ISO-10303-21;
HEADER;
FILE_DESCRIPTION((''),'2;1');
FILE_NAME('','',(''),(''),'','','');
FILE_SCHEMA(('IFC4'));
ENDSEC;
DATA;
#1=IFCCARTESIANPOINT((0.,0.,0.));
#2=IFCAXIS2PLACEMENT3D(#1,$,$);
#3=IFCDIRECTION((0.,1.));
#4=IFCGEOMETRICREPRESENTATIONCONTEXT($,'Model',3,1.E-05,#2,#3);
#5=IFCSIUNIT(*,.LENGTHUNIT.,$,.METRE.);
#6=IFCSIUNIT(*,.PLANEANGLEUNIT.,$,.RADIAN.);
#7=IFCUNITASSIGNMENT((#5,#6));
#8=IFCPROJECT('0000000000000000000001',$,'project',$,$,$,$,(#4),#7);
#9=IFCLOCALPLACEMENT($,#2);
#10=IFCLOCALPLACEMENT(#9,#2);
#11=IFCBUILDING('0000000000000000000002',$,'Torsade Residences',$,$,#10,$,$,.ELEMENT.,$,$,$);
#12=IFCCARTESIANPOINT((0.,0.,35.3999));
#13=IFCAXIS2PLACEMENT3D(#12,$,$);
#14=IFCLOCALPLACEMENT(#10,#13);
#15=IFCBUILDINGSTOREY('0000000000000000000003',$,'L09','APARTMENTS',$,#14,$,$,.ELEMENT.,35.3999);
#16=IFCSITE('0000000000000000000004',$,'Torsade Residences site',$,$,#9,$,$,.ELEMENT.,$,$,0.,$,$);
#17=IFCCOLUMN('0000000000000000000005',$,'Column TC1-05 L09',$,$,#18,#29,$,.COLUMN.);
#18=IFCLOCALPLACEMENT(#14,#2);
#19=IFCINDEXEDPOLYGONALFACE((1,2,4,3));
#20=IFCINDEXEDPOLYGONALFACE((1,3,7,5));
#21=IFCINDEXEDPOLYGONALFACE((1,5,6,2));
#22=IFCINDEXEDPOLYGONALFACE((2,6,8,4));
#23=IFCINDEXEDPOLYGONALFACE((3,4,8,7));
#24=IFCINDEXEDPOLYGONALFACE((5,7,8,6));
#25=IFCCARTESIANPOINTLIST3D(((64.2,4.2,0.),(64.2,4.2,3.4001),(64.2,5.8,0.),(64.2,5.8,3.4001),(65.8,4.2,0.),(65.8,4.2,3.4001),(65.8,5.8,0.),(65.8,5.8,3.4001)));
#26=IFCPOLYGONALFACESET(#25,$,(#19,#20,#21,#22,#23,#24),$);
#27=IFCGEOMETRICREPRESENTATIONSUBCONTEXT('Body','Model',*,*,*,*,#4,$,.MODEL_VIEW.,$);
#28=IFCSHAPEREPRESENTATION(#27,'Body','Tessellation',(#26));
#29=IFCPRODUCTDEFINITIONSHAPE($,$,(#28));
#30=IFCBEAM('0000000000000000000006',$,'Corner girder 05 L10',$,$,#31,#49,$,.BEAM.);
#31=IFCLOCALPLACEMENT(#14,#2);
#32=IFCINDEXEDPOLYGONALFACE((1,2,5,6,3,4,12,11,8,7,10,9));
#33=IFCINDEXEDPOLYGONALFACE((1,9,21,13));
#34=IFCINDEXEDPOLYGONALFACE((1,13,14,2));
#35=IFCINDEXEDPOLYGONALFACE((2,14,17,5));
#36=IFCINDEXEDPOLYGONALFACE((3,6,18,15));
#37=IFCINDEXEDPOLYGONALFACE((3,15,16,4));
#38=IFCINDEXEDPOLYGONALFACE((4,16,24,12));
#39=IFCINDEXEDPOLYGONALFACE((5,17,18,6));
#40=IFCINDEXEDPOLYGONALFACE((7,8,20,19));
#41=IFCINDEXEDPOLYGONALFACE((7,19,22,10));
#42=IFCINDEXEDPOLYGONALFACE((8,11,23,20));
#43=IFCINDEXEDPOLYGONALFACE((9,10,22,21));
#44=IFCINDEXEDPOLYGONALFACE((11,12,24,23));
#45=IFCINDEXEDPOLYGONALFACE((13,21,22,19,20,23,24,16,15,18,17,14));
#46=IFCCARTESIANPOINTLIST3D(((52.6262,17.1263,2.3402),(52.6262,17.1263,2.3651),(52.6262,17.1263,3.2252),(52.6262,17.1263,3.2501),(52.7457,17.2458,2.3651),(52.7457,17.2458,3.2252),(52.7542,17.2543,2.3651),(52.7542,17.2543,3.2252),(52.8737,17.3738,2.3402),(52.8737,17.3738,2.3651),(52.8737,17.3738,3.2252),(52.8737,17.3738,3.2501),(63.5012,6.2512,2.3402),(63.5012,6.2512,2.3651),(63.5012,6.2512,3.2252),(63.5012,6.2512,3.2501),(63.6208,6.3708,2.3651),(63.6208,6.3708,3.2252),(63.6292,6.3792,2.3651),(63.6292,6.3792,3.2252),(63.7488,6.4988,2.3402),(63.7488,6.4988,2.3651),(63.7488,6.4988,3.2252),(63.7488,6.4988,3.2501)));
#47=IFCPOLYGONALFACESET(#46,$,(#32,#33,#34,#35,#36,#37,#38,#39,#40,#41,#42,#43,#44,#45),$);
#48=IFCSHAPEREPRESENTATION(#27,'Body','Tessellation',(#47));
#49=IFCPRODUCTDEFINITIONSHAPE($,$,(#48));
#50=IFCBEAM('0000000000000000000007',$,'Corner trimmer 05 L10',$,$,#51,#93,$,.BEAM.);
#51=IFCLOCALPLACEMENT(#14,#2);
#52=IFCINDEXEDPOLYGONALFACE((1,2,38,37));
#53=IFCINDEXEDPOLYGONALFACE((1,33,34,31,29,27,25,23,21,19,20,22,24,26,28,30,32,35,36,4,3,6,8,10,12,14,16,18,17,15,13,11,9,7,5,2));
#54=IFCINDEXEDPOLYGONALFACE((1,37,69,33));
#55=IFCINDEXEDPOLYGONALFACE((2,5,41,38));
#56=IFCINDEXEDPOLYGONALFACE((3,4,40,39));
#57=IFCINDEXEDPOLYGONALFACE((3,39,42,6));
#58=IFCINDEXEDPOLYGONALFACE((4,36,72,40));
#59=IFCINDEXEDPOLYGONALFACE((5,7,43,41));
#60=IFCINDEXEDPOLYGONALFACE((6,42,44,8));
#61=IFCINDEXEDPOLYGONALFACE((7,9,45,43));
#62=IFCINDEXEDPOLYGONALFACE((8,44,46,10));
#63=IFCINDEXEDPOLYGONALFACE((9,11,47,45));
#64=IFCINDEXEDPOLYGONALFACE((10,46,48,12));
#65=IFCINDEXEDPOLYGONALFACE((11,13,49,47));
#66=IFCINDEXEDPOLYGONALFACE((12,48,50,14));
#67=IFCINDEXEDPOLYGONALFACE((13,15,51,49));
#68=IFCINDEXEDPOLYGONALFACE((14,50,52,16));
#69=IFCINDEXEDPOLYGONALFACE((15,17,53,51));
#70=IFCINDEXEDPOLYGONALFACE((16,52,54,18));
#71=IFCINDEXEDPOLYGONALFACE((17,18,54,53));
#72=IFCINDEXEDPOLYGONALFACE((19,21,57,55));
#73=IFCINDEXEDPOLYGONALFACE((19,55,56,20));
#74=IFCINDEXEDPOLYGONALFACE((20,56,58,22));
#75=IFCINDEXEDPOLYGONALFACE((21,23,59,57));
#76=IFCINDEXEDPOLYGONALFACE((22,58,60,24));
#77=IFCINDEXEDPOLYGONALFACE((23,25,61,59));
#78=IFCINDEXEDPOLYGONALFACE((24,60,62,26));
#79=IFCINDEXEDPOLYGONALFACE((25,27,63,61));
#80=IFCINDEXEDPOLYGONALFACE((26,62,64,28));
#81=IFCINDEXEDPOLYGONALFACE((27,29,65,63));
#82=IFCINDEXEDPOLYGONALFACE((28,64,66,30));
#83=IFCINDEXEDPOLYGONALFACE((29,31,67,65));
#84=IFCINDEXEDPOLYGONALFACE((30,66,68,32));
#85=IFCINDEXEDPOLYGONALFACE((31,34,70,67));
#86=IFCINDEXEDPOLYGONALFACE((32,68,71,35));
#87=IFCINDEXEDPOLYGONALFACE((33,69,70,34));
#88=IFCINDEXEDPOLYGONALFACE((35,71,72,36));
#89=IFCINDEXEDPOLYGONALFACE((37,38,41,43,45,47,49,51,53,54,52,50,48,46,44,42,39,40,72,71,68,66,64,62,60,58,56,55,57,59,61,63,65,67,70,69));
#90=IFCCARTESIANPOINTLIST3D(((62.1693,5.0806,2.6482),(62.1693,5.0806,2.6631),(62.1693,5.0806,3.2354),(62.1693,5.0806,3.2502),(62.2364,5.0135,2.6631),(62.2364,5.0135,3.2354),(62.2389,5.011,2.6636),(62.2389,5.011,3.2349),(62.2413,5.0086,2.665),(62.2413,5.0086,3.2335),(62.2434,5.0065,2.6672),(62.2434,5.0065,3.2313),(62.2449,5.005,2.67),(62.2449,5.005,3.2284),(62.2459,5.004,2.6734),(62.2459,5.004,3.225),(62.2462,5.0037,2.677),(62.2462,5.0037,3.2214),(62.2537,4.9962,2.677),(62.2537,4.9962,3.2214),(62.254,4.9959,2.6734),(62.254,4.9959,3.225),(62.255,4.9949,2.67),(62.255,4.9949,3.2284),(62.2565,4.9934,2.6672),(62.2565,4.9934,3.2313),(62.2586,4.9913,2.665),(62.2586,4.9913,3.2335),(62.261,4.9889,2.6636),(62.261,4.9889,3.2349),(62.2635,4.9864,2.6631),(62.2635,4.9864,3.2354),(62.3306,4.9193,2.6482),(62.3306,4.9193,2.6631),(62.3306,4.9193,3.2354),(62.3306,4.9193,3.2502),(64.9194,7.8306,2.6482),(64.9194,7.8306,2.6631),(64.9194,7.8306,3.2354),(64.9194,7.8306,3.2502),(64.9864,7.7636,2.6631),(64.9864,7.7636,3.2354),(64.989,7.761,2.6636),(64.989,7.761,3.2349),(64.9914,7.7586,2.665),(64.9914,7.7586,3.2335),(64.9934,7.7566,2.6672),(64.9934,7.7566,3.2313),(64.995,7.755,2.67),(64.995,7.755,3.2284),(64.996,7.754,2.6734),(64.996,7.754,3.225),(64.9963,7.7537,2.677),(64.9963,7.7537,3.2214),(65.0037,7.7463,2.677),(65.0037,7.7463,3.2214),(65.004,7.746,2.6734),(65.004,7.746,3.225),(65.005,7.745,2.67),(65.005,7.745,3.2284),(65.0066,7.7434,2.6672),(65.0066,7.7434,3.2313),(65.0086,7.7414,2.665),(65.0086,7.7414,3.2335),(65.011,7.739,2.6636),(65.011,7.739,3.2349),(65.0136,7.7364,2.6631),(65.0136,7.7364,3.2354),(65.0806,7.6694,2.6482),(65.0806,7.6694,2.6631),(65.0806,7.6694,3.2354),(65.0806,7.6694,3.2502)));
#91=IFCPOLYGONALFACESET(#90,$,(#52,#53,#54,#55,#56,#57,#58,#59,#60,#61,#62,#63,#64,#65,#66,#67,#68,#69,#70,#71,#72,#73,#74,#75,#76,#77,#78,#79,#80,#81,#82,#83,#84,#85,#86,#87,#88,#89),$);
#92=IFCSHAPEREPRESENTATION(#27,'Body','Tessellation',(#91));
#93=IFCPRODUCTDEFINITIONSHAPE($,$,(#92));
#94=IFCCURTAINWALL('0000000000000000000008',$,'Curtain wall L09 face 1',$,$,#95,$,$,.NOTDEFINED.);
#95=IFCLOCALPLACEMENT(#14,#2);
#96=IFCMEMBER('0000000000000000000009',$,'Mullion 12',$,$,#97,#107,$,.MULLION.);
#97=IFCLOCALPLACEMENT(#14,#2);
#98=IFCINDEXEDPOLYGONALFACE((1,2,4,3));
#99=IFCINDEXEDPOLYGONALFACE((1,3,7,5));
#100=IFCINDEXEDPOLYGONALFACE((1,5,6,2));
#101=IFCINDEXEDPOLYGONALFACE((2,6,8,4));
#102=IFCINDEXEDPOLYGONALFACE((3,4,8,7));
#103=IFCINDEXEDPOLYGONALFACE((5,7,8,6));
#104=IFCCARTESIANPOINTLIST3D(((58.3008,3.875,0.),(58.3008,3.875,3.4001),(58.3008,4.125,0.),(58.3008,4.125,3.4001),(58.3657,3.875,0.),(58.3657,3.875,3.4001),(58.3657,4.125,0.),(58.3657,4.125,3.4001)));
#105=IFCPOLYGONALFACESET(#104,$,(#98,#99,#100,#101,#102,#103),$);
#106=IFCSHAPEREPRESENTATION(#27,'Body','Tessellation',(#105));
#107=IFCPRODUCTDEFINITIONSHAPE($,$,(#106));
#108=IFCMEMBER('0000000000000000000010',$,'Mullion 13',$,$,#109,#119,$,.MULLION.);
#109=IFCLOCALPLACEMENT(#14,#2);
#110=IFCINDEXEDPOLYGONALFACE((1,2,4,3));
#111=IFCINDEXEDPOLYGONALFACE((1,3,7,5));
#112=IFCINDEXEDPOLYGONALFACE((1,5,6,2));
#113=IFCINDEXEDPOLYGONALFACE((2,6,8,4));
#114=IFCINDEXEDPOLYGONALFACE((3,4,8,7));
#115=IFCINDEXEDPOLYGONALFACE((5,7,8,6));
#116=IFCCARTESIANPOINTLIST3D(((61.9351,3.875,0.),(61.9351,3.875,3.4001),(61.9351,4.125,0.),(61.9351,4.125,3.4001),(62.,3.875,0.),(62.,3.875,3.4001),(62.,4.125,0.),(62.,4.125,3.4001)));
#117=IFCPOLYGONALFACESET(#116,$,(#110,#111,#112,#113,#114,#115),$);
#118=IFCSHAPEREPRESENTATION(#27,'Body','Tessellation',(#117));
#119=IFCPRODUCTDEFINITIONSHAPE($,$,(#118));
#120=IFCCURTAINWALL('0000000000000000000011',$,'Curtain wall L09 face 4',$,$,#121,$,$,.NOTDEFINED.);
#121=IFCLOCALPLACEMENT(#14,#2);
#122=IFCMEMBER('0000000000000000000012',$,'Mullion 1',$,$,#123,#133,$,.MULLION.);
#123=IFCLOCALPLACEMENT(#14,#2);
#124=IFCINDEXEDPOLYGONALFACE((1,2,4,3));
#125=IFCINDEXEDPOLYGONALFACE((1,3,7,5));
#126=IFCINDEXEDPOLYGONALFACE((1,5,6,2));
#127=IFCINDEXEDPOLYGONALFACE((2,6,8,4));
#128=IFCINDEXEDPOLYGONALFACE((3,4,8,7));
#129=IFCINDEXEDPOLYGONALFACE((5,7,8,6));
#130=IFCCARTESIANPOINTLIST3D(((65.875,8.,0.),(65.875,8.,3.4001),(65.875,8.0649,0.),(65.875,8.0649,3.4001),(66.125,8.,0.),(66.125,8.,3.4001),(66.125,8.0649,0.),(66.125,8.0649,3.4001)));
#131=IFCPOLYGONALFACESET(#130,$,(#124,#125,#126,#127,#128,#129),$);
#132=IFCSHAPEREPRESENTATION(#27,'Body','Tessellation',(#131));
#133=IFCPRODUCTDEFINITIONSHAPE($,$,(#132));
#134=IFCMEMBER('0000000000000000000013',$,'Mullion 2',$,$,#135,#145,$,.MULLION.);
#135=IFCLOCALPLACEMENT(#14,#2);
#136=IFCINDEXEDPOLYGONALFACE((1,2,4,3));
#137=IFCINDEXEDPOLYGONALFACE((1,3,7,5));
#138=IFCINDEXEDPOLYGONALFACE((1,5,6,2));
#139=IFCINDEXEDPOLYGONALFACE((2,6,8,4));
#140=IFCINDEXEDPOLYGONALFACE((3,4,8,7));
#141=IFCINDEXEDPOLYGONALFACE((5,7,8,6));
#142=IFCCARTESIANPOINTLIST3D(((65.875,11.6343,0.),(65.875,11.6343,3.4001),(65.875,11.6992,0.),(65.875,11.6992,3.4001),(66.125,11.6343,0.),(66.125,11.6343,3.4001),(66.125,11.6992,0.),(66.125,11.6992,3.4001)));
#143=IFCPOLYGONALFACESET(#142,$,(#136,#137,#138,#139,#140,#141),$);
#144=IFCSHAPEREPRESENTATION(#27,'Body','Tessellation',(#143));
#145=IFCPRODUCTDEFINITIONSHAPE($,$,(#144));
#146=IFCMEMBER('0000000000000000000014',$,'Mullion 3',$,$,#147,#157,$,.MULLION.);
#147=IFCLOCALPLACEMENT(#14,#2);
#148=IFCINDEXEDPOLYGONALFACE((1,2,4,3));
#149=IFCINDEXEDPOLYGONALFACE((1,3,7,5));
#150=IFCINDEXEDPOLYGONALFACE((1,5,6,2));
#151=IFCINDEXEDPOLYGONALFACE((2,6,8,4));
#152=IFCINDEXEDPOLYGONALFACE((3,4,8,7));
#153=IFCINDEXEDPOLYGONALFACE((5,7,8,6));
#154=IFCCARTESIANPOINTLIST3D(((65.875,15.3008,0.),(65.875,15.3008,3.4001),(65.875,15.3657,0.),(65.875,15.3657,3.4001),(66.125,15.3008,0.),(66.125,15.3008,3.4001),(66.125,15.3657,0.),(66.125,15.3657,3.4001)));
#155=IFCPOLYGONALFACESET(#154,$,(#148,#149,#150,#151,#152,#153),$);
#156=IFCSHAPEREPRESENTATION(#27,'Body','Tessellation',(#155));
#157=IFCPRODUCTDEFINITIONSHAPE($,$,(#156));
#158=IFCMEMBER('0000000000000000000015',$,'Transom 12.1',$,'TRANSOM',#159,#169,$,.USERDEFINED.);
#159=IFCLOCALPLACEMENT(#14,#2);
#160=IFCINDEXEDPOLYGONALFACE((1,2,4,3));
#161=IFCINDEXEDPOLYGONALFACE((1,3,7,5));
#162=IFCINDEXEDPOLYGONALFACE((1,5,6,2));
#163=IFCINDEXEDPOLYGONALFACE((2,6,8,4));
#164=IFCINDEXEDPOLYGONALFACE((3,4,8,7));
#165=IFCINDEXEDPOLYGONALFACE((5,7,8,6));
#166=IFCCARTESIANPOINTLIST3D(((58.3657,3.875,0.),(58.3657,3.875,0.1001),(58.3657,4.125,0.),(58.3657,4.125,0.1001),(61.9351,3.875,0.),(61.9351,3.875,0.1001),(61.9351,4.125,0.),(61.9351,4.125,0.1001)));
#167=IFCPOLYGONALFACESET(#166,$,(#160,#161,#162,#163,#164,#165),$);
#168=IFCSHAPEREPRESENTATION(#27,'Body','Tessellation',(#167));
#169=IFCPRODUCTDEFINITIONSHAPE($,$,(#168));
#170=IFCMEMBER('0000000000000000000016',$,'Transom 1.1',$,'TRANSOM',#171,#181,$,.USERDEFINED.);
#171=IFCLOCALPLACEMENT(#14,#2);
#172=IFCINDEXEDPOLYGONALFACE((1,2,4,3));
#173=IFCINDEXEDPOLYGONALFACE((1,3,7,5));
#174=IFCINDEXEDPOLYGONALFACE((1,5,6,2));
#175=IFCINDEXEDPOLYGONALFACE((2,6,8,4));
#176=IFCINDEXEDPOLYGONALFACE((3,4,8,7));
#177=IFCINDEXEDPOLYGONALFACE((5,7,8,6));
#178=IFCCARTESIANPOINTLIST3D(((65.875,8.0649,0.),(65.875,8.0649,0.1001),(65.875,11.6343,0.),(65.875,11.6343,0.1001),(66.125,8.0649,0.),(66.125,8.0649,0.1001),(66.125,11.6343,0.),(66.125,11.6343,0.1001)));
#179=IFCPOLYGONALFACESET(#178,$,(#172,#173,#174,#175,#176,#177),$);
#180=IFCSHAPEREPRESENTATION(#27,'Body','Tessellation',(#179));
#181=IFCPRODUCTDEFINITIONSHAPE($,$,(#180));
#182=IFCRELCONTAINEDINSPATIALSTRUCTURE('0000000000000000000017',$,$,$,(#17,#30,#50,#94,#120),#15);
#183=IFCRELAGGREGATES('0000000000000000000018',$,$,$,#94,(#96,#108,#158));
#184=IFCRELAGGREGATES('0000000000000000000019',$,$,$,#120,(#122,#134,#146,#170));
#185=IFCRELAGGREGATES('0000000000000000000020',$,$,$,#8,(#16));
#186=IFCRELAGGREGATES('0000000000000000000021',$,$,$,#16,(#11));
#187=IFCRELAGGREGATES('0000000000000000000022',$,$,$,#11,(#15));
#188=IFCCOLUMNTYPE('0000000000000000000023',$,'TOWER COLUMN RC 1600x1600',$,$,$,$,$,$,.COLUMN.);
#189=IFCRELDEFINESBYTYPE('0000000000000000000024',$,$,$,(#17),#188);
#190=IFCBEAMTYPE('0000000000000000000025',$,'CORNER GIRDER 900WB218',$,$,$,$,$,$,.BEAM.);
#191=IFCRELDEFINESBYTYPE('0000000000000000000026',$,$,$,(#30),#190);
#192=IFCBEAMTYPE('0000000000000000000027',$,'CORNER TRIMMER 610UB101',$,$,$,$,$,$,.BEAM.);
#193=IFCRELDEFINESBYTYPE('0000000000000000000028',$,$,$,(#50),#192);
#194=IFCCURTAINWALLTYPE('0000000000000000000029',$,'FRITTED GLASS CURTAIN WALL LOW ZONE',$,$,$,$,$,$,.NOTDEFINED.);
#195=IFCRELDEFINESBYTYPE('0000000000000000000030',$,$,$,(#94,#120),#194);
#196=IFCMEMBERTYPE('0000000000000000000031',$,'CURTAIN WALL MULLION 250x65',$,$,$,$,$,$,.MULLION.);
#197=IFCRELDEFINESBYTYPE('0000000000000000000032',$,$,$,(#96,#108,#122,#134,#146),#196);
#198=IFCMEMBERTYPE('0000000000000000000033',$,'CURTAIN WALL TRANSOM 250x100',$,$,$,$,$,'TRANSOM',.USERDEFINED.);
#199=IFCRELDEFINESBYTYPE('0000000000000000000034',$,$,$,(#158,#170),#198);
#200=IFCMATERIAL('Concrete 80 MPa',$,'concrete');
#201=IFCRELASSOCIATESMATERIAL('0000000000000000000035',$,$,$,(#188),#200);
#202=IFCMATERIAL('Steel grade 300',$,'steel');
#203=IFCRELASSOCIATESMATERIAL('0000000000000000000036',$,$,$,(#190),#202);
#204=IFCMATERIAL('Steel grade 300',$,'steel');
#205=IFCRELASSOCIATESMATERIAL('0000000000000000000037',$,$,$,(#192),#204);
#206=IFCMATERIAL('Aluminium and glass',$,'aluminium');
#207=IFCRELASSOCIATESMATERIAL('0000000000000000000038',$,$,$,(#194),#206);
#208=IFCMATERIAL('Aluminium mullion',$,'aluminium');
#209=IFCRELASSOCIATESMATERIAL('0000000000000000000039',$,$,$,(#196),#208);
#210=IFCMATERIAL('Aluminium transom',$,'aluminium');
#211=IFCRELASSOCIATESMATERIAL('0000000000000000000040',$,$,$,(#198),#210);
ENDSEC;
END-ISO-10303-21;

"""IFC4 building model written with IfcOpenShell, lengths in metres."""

from ifc_helpers import new_model, si_unit, direction, frame, origin, origin_2d, place, context, subcontext, project, spatial, rectangle, i_section, extrude, material, material_profile, profile_set, type_object, element, aggregate, save


model = new_model("IFC4")

# Units and contexts
model_context = context("Model", 3, precision=1e-05, world=origin(), true_north=direction((0.0, 1.0)))
body_context = subcontext(model_context, "Body", "Model", "MODEL_VIEW")
ifc_project = project(units=[si_unit("LENGTHUNIT", "METRE"), si_unit("PLANEANGLEUNIT", "RADIAN")], contexts=[model_context])

# Site, building, storey
site_placement = place(None, origin())
site = spatial("IfcSite", under=ifc_project, at=site_placement, Name="Torsade Residences site", CompositionType="ELEMENT", RefElevation=0.0)
building_placement = place(site_placement, origin())
building = spatial("IfcBuilding", under=site, at=building_placement, Name="Torsade Residences", CompositionType="ELEMENT")
storey_placement = place(building_placement, frame((0.0, 0.0, 35.3999)))
storey = spatial("IfcBuildingStorey", under=building, at=storey_placement, Name="L09", Description="APARTMENTS", CompositionType="ELEMENT", Elevation=35.3999)

# Column
ifc_material_1 = material(Name="Concrete 80 MPa", Category="concrete")
ifc_material_profile_1 = material_profile(ifc_material_1, rectangle(XDim=1.6001, YDim=1.6001, at=origin_2d()), Name="RC 1600x1600")
ifc_profile_set_1 = profile_set([ifc_material_profile_1], Name="Concrete 80 MPa")
column_type = type_object("IfcColumnType", Name="TOWER COLUMN RC 1600x1600", PredefinedType="COLUMN", material=ifc_profile_set_1)
column_placement = place(storey_placement, frame((65.0, 5.0, 0.0), z_axis=(0.0, 0.0, 1.0), x_axis=(1.0, 0.0, 0.0)))
element("IfcColumn", 1, at=column_placement, inside=storey, type_object=column_type, Name="Column TC1-05 L09", PredefinedType="COLUMN", context=body_context, shape_type="SweptSolid", body=[
    extrude(rectangle(XDim=1.6001, YDim=1.6001, at=origin_2d()), origin(), (0.0, 0.0, 1.0), 3.4001),
])

# Beams
ifc_material_2 = material(Name="Steel grade 300", Category="steel")
ifc_material_profile_2 = material_profile(ifc_material_2, i_section(OverallWidth=0.3501, OverallDepth=0.9099, WebThickness=0.012, FlangeThickness=0.0249, at=origin_2d()), Name="900WB218")
ifc_profile_set_2 = profile_set([ifc_material_profile_2], Name="Steel grade 300")
beam_type_1 = type_object("IfcBeamType", Name="CORNER GIRDER 900WB218", PredefinedType="BEAM", material=ifc_profile_set_2)
beam_1_placement = place(storey_placement, frame((63.625, 6.375, 2.7952), z_axis=(-0.707107, 0.707107, 0.0), x_axis=(-0.707107, -0.707107, 0.0)))
element("IfcBeam", 2, at=beam_1_placement, inside=storey, type_object=beam_type_1, Name="Corner girder 05 L10", PredefinedType="BEAM", context=body_context, shape_type="SweptSolid", body=[
    extrude(i_section(OverallWidth=0.3501, OverallDepth=0.9099, WebThickness=0.012, FlangeThickness=0.0249, at=origin_2d()), origin(), (0.0, 0.0, 1.0), 15.3796),
])
ifc_material_3 = material(Name="Steel grade 300", Category="steel")
ifc_material_profile_3 = material_profile(ifc_material_3, i_section(OverallWidth=0.228, OverallDepth=0.6021, WebThickness=0.0105, FlangeThickness=0.0149, FilletRadius=0.0139, at=origin_2d()), Name="610UB101")
ifc_profile_set_3 = profile_set([ifc_material_profile_3], Name="Steel grade 300")
beam_type_2 = type_object("IfcBeamType", Name="CORNER TRIMMER 610UB101", PredefinedType="BEAM", material=ifc_profile_set_3)
beam_2_placement = place(storey_placement, frame((65.0, 7.75, 2.9492), z_axis=(-0.707107, -0.707107, 0.0), x_axis=(0.707107, -0.707107, 0.0)))
element("IfcBeam", 3, at=beam_2_placement, inside=storey, type_object=beam_type_2, Name="Corner trimmer 05 L10", PredefinedType="BEAM", context=body_context, shape_type="SweptSolid", body=[
    extrude(i_section(OverallWidth=0.228, OverallDepth=0.6021, WebThickness=0.0105, FlangeThickness=0.0149, FilletRadius=0.0139, at=origin_2d()), origin(), (0.0, 0.0, 1.0), 3.8892),
])

# Curtain walls, members
ifc_material_4 = material(Name="Aluminium and glass", Category="aluminium")
curtain_wall_type = type_object("IfcCurtainWallType", Name="FRITTED GLASS CURTAIN WALL LOW ZONE", PredefinedType="NOTDEFINED", material=ifc_material_4)
curtain_wall_1_placement = place(storey_placement, origin())
curtain_wall_1 = element("IfcCurtainWall", 4, at=curtain_wall_1_placement, inside=storey, type_object=curtain_wall_type, Name="Curtain wall L09 face 1", PredefinedType="NOTDEFINED")
ifc_material_5 = material(Name="Aluminium mullion", Category="aluminium")
ifc_material_profile_4 = material_profile(ifc_material_5, rectangle(XDim=0.25, YDim=0.0649, at=origin_2d()), Name="CURTAIN WALL MULLION 250x65")
ifc_profile_set_4 = profile_set([ifc_material_profile_4], Name="Aluminium mullion")
member_type_1 = type_object("IfcMemberType", Name="CURTAIN WALL MULLION 250x65", PredefinedType="MULLION", material=ifc_profile_set_4)
member_1_placement = place(storey_placement, frame((58.3333, 4.0, 0.0), z_axis=(0.0, 0.0, 1.0), x_axis=(0.0, 1.0, 0.0)))
member_1 = element("IfcMember", 5, at=member_1_placement, type_object=member_type_1, Name="Mullion 12", PredefinedType="MULLION", context=body_context, shape_type="SweptSolid", body=[
    extrude(rectangle(XDim=0.25, YDim=0.0649, at=origin_2d()), origin(), (0.0, 0.0, 1.0), 3.4001),
])
member_2_placement = place(storey_placement, frame((61.9675, 4.0, 0.0), z_axis=(0.0, 0.0, 1.0), x_axis=(0.0, 1.0, 0.0)))
member_2 = element("IfcMember", 6, at=member_2_placement, type_object=member_type_1, Name="Mullion 13", PredefinedType="MULLION", context=body_context, shape_type="SweptSolid", body=[
    extrude(rectangle(XDim=0.25, YDim=0.0649, at=origin_2d()), origin(), (0.0, 0.0, 1.0), 3.4001),
])
curtain_wall_2_placement = place(storey_placement, origin())
curtain_wall_2 = element("IfcCurtainWall", 7, at=curtain_wall_2_placement, inside=storey, type_object=curtain_wall_type, Name="Curtain wall L09 face 4", PredefinedType="NOTDEFINED")
member_3_placement = place(storey_placement, frame((66.0, 8.0325, 0.0), z_axis=(0.0, 0.0, 1.0), x_axis=(-1.0, 0.0, 0.0)))
member_3 = element("IfcMember", 8, at=member_3_placement, type_object=member_type_1, Name="Mullion 1", PredefinedType="MULLION", context=body_context, shape_type="SweptSolid", body=[
    extrude(rectangle(XDim=0.25, YDim=0.0649, at=origin_2d()), origin(), (0.0, 0.0, 1.0), 3.4001),
])
member_4_placement = place(storey_placement, frame((66.0, 11.6667, 0.0), z_axis=(0.0, 0.0, 1.0), x_axis=(-1.0, 0.0, 0.0)))
member_4 = element("IfcMember", 9, at=member_4_placement, type_object=member_type_1, Name="Mullion 2", PredefinedType="MULLION", context=body_context, shape_type="SweptSolid", body=[
    extrude(rectangle(XDim=0.25, YDim=0.0649, at=origin_2d()), origin(), (0.0, 0.0, 1.0), 3.4001),
])
member_5_placement = place(storey_placement, frame((66.0, 15.3333, 0.0), z_axis=(0.0, 0.0, 1.0), x_axis=(-1.0, 0.0, 0.0)))
member_5 = element("IfcMember", 10, at=member_5_placement, type_object=member_type_1, Name="Mullion 3", PredefinedType="MULLION", context=body_context, shape_type="SweptSolid", body=[
    extrude(rectangle(XDim=0.25, YDim=0.0649, at=origin_2d()), origin(), (0.0, 0.0, 1.0), 3.4001),
])

# Members
ifc_material_6 = material(Name="Aluminium transom", Category="aluminium")
ifc_material_profile_5 = material_profile(ifc_material_6, rectangle(XDim=0.25, YDim=0.1001, at=origin_2d()), Name="CURTAIN WALL TRANSOM 250x100")
ifc_profile_set_5 = profile_set([ifc_material_profile_5], Name="Aluminium transom")
member_type_2 = type_object("IfcMemberType", Name="CURTAIN WALL TRANSOM 250x100", ElementType="TRANSOM", PredefinedType="USERDEFINED", material=ifc_profile_set_5)
member_6_placement = place(storey_placement, frame((58.3657, 4.0, 0.05), z_axis=(1.0, 0.0, 0.0), x_axis=(0.0, 1.0, 0.0)))
member_6 = element("IfcMember", 11, at=member_6_placement, type_object=member_type_2, Name="Transom 12.1", ObjectType="TRANSOM", PredefinedType="USERDEFINED", context=body_context, shape_type="SweptSolid", body=[
    extrude(rectangle(XDim=0.25, YDim=0.1001, at=origin_2d()), origin(), (0.0, 0.0, 1.0), 3.5693),
])
member_7_placement = place(storey_placement, frame((66.0, 8.0649, 0.05), z_axis=(0.0, 1.0, 0.0), x_axis=(-1.0, 0.0, 0.0)))
member_7 = element("IfcMember", 12, at=member_7_placement, type_object=member_type_2, Name="Transom 1.1", ObjectType="TRANSOM", PredefinedType="USERDEFINED", context=body_context, shape_type="SweptSolid", body=[
    extrude(rectangle(XDim=0.25, YDim=0.1001, at=origin_2d()), origin(), (0.0, 0.0, 1.0), 3.5693),
])

aggregate(curtain_wall_1, [member_1, member_2, member_6])
aggregate(curtain_wall_2, [member_3, member_4, member_5, member_7])

save(model, "model.ifc")
